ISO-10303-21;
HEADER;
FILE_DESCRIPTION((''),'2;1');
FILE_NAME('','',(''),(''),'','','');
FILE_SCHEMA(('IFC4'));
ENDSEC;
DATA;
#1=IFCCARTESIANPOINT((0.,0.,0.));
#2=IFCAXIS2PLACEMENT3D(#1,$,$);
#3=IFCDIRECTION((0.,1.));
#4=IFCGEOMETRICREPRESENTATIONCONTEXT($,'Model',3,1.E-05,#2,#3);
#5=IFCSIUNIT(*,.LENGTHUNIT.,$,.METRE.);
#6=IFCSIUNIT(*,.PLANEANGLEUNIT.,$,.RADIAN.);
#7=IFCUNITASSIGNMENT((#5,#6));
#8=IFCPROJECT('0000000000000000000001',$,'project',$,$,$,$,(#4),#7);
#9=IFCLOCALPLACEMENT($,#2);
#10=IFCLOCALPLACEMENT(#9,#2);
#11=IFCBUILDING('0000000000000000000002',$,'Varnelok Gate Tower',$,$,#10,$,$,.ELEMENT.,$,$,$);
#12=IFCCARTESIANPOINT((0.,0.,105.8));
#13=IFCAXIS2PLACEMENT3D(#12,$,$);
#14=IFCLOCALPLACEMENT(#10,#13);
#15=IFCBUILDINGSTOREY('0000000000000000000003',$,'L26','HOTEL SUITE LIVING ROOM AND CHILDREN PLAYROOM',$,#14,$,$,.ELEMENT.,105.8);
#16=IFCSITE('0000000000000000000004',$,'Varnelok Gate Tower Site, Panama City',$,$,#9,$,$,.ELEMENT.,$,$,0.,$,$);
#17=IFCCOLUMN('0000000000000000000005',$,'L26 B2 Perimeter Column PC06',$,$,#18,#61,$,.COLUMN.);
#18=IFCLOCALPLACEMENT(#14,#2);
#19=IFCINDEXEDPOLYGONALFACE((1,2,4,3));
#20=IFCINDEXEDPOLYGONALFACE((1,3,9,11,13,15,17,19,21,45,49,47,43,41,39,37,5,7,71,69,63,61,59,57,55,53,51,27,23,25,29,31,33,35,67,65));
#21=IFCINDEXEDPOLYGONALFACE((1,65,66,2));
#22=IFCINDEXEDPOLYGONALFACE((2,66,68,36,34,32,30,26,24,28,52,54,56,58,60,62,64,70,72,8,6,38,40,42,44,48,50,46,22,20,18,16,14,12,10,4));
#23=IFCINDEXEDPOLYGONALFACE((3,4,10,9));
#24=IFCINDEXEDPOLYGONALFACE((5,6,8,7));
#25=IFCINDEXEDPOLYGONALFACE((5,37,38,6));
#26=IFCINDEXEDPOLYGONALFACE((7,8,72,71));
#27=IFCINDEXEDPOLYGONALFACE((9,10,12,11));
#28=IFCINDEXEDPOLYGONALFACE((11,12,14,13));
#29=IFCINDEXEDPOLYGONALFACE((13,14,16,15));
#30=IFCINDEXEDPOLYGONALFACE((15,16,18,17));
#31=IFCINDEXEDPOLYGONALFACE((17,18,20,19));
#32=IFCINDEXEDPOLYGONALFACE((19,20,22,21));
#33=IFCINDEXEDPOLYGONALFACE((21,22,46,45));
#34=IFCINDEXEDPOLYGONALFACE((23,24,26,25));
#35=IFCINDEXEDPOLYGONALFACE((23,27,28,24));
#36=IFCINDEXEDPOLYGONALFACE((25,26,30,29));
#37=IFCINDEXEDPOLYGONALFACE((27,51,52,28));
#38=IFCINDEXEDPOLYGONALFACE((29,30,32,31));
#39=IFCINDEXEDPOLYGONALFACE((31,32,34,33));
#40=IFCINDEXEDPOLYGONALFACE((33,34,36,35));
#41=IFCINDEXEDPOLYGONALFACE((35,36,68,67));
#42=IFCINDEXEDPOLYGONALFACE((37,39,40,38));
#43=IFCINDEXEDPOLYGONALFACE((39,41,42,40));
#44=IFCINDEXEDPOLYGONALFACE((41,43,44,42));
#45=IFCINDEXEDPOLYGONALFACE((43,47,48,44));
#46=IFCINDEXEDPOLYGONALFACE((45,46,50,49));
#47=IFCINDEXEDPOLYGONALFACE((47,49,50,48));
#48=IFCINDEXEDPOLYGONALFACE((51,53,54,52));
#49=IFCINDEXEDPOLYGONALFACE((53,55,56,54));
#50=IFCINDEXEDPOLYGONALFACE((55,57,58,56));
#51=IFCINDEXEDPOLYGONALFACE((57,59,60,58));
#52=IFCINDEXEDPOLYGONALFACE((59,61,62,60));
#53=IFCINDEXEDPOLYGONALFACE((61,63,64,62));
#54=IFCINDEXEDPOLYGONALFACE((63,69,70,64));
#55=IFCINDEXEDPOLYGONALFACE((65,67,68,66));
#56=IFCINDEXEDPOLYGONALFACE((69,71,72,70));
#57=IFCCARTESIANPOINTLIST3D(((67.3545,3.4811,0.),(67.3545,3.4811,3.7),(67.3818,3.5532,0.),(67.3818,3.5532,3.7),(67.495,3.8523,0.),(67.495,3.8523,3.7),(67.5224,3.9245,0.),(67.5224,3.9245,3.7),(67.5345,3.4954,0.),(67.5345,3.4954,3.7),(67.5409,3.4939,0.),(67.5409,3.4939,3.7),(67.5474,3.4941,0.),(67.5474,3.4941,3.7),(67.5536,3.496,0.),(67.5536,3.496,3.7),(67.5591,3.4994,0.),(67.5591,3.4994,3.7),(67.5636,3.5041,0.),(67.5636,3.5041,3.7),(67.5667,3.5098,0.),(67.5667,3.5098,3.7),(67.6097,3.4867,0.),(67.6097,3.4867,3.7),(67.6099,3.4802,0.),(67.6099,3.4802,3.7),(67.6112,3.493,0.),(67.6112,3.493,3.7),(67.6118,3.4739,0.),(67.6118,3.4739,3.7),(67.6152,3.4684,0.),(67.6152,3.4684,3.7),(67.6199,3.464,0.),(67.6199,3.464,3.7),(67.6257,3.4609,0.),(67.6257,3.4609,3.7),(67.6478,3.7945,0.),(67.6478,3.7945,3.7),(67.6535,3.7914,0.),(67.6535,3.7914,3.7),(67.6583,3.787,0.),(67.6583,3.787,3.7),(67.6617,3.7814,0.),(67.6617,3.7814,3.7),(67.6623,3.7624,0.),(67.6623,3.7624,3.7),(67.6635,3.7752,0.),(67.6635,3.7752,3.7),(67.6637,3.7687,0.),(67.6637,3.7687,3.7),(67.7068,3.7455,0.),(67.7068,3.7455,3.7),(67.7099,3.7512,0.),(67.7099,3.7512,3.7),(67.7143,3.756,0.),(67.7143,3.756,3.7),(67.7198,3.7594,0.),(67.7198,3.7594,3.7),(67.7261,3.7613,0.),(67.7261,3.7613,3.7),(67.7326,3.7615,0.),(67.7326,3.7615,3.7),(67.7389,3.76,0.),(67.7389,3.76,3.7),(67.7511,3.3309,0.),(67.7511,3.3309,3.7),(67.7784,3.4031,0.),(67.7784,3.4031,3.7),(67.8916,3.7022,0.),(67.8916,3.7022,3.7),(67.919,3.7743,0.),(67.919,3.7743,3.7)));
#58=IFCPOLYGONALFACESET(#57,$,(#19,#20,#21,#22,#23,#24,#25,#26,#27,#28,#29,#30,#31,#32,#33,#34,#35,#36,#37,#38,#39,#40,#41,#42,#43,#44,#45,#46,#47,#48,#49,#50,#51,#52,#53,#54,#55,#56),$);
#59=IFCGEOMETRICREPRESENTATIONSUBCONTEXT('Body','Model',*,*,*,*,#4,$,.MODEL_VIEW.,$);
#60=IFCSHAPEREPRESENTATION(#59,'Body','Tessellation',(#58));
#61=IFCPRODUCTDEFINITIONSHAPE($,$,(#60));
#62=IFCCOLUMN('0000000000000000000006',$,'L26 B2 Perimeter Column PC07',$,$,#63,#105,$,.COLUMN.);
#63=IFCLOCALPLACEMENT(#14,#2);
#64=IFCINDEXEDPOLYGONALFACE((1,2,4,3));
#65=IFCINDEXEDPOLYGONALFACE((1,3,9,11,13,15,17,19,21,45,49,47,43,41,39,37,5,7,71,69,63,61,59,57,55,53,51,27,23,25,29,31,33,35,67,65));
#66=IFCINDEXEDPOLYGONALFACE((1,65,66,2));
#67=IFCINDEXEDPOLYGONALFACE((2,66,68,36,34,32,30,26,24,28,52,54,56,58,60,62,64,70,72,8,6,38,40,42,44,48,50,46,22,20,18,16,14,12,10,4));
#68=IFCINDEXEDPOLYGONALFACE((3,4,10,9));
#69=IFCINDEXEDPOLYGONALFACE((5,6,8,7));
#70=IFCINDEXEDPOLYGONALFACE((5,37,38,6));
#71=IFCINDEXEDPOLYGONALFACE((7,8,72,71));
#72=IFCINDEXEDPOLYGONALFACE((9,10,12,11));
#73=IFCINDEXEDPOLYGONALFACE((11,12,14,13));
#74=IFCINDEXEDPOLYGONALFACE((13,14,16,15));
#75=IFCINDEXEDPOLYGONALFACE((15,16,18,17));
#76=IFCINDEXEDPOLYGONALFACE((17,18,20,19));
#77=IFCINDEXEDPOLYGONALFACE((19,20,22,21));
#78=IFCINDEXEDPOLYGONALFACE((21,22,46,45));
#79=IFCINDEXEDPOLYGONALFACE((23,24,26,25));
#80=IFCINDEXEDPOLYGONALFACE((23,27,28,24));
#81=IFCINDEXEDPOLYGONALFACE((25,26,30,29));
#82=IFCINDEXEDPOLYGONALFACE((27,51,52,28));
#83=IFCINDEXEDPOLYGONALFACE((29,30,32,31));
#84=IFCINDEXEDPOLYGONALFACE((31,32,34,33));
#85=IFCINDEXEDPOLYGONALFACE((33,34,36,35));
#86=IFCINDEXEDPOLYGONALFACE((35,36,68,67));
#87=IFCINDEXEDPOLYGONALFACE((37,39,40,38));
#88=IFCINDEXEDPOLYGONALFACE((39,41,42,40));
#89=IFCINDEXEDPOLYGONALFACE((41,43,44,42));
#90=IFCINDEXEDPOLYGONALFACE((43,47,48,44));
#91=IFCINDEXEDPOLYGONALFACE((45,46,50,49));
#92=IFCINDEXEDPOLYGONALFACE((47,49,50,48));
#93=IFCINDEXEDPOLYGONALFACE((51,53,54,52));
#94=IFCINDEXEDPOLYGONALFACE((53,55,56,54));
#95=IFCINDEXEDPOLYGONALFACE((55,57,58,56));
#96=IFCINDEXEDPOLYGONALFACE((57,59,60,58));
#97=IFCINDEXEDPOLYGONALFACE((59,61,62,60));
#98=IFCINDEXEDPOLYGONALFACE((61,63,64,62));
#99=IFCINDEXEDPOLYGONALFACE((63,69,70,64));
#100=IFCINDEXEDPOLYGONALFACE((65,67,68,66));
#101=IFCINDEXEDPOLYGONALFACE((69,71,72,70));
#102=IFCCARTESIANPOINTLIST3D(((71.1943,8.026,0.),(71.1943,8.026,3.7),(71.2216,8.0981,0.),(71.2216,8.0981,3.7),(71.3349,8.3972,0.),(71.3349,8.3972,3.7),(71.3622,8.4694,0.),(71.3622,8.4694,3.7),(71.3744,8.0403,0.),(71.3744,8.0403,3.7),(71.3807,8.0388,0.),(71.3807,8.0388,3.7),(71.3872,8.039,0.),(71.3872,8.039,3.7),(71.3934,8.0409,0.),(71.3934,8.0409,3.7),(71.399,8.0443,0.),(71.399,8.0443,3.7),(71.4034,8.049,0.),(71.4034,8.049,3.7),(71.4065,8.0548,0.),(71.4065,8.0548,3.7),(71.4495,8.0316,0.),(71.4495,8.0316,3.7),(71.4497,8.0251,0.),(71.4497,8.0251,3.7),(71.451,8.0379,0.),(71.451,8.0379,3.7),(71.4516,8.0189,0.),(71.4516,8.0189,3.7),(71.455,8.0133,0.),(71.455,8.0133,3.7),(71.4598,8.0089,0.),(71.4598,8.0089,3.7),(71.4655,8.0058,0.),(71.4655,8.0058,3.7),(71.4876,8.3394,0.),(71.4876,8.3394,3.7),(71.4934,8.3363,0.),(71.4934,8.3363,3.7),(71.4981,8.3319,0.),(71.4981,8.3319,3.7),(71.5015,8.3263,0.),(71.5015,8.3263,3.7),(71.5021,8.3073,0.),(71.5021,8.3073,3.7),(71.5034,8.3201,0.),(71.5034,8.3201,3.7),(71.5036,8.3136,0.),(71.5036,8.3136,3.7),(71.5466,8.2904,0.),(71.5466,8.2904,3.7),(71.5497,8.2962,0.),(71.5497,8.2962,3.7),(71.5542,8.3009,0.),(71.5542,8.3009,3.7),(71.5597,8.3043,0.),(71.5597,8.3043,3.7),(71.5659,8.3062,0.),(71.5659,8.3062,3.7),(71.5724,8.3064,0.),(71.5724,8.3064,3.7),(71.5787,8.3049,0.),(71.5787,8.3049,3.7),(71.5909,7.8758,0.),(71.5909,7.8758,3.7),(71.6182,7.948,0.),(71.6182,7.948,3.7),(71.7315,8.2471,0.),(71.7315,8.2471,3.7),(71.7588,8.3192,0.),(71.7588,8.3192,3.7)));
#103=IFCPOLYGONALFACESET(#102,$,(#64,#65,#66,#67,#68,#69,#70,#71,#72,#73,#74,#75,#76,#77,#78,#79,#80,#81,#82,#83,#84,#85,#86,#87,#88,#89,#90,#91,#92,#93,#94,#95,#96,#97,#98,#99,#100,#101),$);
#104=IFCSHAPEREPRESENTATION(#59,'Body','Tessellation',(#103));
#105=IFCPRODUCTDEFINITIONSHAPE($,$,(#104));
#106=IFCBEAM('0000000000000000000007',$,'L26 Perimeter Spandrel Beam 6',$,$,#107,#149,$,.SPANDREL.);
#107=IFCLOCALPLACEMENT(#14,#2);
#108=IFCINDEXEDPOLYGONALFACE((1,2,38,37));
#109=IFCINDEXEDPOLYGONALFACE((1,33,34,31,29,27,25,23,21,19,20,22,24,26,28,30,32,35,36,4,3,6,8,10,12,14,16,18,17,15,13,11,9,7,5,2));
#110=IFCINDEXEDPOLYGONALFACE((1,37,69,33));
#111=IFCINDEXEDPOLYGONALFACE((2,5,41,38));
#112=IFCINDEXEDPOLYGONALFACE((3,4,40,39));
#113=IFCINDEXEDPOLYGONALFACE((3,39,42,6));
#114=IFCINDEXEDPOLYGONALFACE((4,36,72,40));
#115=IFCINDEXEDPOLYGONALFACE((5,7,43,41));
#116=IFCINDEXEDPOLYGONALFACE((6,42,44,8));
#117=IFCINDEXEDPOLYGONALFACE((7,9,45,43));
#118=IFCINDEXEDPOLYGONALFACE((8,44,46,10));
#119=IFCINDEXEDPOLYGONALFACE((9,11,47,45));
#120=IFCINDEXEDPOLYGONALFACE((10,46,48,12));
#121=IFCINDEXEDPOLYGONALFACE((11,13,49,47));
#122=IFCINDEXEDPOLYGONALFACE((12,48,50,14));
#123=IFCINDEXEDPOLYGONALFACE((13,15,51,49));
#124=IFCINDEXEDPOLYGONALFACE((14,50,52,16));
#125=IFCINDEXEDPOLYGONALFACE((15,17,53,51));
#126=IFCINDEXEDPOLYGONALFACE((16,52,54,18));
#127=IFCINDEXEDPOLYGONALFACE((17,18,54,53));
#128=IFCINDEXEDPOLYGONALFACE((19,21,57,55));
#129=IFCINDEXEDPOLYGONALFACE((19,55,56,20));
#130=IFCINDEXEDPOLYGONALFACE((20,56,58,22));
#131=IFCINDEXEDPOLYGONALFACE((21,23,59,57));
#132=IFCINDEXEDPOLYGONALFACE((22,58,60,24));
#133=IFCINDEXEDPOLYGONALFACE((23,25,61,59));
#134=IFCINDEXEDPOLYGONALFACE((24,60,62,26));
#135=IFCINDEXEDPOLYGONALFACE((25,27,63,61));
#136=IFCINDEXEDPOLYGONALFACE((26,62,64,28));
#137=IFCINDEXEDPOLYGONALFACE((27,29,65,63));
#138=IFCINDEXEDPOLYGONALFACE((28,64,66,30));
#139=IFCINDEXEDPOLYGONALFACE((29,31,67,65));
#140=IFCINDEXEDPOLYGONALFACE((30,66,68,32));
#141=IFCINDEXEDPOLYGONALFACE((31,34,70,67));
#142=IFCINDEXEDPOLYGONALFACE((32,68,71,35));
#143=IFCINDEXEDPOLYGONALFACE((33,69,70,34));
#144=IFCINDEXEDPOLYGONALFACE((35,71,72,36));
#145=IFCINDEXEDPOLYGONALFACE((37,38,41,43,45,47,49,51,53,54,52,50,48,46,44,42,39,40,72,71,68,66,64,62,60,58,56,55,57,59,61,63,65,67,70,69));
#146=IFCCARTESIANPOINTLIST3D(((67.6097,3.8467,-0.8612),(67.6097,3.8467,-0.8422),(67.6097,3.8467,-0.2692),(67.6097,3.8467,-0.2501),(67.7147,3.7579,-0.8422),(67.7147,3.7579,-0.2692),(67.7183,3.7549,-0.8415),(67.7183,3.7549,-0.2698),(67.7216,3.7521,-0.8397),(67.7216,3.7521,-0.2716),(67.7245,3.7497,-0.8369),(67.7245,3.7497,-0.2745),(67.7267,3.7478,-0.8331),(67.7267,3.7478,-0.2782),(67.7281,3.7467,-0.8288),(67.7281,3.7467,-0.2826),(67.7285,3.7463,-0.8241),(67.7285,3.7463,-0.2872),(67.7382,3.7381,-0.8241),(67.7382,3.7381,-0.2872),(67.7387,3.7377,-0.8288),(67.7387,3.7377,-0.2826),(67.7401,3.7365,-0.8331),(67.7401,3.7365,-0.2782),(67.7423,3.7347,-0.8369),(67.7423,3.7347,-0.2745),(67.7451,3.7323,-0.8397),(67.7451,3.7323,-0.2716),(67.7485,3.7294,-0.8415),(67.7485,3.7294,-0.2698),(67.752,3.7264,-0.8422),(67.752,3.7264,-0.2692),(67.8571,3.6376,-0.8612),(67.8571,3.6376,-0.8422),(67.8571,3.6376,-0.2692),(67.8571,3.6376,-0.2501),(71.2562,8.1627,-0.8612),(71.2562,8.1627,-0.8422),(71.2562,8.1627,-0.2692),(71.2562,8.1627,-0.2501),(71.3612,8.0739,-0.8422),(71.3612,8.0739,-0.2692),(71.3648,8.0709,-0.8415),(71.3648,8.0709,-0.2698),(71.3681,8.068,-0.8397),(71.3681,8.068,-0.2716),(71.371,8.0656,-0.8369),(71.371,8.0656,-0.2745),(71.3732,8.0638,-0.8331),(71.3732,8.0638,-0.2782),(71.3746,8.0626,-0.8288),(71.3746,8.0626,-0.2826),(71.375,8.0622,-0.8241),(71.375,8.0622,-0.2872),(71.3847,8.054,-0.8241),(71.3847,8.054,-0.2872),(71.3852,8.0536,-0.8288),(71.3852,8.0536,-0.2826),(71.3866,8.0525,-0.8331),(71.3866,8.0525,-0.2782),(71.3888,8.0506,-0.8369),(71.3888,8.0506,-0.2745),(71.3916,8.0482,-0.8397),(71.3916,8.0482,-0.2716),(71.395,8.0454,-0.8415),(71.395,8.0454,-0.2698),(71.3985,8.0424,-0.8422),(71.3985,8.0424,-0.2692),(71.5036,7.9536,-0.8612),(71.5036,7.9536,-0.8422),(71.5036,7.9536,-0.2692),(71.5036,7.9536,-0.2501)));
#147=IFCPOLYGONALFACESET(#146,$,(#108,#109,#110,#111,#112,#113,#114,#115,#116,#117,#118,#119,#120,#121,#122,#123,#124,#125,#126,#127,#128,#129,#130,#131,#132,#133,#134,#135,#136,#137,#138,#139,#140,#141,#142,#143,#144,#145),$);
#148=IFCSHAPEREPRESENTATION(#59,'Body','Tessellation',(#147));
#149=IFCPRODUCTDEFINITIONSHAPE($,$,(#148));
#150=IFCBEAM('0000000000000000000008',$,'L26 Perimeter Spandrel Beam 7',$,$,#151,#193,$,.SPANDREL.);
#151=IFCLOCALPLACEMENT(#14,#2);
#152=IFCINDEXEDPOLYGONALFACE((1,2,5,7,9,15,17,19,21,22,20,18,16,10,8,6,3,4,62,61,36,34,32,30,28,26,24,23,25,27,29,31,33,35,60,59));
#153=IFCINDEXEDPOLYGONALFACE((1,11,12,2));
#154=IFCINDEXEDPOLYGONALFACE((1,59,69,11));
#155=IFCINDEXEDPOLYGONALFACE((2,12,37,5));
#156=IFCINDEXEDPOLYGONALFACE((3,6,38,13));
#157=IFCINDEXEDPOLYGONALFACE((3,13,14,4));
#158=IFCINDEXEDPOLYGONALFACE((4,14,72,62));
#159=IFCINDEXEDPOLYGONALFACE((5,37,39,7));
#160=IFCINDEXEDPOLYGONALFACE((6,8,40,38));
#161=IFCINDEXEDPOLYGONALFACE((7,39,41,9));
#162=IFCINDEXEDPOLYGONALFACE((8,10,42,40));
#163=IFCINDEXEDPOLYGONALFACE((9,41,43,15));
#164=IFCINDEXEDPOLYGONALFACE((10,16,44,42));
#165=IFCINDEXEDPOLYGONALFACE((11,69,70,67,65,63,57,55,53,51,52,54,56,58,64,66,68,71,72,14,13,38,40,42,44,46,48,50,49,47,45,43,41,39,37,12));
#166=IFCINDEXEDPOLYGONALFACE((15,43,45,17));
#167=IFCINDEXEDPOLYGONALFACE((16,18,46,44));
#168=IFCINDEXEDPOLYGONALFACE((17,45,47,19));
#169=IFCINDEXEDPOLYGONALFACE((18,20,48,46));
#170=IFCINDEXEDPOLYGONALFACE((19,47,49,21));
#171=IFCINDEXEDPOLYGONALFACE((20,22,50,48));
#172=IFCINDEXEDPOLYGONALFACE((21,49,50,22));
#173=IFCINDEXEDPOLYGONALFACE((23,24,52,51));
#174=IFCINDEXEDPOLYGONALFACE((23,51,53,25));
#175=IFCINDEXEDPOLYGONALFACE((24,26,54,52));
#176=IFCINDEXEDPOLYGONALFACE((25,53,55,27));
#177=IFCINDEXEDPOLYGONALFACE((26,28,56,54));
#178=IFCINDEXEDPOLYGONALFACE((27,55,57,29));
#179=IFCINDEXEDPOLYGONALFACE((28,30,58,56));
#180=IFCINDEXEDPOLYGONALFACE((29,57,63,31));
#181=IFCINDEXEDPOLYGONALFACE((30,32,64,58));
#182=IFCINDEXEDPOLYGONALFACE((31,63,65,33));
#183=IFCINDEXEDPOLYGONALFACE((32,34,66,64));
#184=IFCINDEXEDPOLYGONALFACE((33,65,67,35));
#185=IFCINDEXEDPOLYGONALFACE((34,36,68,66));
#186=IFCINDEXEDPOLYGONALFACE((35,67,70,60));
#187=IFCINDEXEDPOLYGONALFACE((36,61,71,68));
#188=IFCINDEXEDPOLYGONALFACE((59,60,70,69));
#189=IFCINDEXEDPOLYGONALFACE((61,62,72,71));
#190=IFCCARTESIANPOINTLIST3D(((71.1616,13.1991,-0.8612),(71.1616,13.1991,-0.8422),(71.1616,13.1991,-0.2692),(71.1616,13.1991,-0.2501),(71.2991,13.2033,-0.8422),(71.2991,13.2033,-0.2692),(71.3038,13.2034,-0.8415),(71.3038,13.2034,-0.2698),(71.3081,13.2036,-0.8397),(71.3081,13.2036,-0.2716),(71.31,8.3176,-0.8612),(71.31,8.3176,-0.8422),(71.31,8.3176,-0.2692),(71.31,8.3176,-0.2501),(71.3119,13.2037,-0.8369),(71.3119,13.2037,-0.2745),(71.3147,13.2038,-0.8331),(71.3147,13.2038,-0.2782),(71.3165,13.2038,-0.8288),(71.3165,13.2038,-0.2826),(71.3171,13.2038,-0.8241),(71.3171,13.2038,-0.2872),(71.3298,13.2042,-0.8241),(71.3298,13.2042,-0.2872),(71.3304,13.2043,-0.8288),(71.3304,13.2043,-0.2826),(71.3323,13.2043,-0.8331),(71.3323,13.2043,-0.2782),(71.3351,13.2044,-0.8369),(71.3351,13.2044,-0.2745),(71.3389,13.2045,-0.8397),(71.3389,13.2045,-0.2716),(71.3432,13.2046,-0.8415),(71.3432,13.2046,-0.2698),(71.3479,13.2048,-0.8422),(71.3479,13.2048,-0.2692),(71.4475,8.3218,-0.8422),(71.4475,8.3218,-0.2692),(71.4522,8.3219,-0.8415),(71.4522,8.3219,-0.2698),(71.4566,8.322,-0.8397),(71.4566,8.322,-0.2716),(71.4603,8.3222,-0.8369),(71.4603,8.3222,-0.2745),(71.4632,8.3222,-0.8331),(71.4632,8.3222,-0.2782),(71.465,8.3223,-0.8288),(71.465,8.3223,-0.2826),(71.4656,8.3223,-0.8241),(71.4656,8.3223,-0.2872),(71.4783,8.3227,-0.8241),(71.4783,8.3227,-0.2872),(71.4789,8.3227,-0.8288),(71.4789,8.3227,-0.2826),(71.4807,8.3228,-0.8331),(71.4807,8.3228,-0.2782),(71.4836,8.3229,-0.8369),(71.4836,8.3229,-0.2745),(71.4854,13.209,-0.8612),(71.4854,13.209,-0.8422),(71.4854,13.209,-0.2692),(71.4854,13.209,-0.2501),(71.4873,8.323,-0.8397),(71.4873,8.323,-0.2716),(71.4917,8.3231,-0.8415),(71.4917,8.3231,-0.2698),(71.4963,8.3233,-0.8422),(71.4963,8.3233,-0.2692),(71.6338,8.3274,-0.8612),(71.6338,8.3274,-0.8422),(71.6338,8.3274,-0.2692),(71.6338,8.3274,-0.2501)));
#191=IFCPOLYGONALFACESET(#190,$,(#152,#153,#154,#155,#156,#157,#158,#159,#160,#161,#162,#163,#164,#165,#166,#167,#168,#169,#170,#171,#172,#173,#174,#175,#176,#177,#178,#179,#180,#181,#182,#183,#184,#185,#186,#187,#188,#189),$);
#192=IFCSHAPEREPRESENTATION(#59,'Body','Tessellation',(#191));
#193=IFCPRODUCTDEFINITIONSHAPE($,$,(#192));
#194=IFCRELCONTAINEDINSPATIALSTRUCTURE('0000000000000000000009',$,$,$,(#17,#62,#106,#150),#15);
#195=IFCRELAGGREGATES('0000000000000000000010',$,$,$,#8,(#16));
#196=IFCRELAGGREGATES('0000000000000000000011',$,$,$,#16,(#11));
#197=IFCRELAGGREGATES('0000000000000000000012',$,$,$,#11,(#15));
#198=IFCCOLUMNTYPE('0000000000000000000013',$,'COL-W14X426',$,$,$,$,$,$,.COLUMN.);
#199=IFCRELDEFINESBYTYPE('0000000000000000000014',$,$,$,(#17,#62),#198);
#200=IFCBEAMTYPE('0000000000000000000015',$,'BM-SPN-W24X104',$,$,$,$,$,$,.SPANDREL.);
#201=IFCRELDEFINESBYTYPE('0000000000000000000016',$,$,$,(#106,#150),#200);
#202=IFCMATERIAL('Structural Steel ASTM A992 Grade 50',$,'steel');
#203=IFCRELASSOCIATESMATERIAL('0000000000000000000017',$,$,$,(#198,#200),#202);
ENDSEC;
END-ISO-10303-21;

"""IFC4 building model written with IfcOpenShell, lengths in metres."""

from ifc_helpers import new_model, si_unit, direction, frame, origin, origin_2d, place, context, subcontext, project, spatial, i_section, extrude, material, material_profile, profile_set, type_object, element, save


model = new_model("IFC4")

# Units and contexts
model_context = context("Model", 3, precision=1e-05, world=origin(), true_north=direction((0.0, 1.0)))
body_context = subcontext(model_context, "Body", "Model", "MODEL_VIEW")
ifc_project = project(units=[si_unit("LENGTHUNIT", "METRE"), si_unit("PLANEANGLEUNIT", "RADIAN")], contexts=[model_context])

# Site, building, storey
site_placement = place(None, origin())
site = spatial("IfcSite", under=ifc_project, at=site_placement, Name="Varnelok Gate Tower Site, Panama City", CompositionType="ELEMENT", RefElevation=0.0)
building_placement = place(site_placement, origin())
building = spatial("IfcBuilding", under=site, at=building_placement, Name="Varnelok Gate Tower", CompositionType="ELEMENT")
storey_placement = place(building_placement, frame((0.0, 0.0, 105.8)))
storey = spatial("IfcBuildingStorey", under=building, at=storey_placement, Name="L26", Description="HOTEL SUITE LIVING ROOM AND CHILDREN PLAYROOM", CompositionType="ELEMENT", Elevation=105.8)

# Columns
ifc_material_1 = material(Name="Structural Steel ASTM A992 Grade 50", Category="steel")
ifc_material_profile_1 = material_profile(ifc_material_1, i_section(OverallWidth=0.4241, OverallDepth=0.4741, WebThickness=0.0476, FlangeThickness=0.0771, FilletRadius=0.0249, at=origin_2d()), Name="W14X426")
ifc_profile_set_1 = profile_set([ifc_material_profile_1], Name="Structural Steel ASTM A992 Grade 50")
column_type = type_object("IfcColumnType", Name="COL-W14X426", PredefinedType="COLUMN", material=ifc_profile_set_1)
for number, where, z_axis, x_axis, name in (
    (1, (67.6367, 3.6277, 0.0), (0.0, 0.0, 1.0), (0.935222, -0.354063, 0.0), "L26 B2 Perimeter Column PC06"),
    (2, (71.4766, 8.1726, 0.0), (0.0, 0.0, 1.0), (0.935222, -0.354063, 0.0), "L26 B2 Perimeter Column PC07"),
):
    element("IfcColumn", number, at=place(storey_placement, frame(where, z_axis=z_axis, x_axis=x_axis)), inside=storey, type_object=column_type, Name=name, PredefinedType="COLUMN", context=body_context, shape_type="SweptSolid", body=[
        extrude(i_section(OverallWidth=0.4241, OverallDepth=0.4741, WebThickness=0.0476, FlangeThickness=0.0771, FilletRadius=0.0249, at=origin_2d()), origin(), (0.0, 0.0, 1.0), 3.7),
    ])

# Beams
ifc_material_profile_2 = material_profile(ifc_material_1, i_section(OverallWidth=0.324, OverallDepth=0.6111, WebThickness=0.0127, FlangeThickness=0.019, FilletRadius=0.0181, at=origin_2d()), Name="W24X104")
ifc_profile_set_2 = profile_set([ifc_material_profile_2], Name="Structural Steel ASTM A992 Grade 50")
beam_type = type_object("IfcBeamType", Name="BM-SPN-W24X104", PredefinedType="SPANDREL", material=ifc_profile_set_2)
beam_1_placement = place(storey_placement, frame((67.7334, 3.7422, -0.5557), z_axis=(0.64538, 0.763861, 0.0), x_axis=(-0.763861, 0.64538, 0.0)))
element("IfcBeam", 3, at=beam_1_placement, inside=storey, type_object=beam_type, Name="L26 Perimeter Spandrel Beam 6", PredefinedType="SPANDREL", context=body_context, shape_type="SweptSolid", body=[
    extrude(i_section(OverallWidth=0.324, OverallDepth=0.6111, WebThickness=0.0127, FlangeThickness=0.019, FilletRadius=0.0181, at=origin_2d()), origin(), (0.0, 0.0, 1.0), 5.6501),
])
beam_2_placement = place(storey_placement, frame((71.4719, 8.3225, -0.5557), z_axis=(-0.030394, 0.999538, 0.0), x_axis=(-0.999538, -0.030394, 0.0)))
element("IfcBeam", 4, at=beam_2_placement, inside=storey, type_object=beam_type, Name="L26 Perimeter Spandrel Beam 7", PredefinedType="SPANDREL", context=body_context, shape_type="SweptSolid", body=[
    extrude(i_section(OverallWidth=0.324, OverallDepth=0.6111, WebThickness=0.0127, FlangeThickness=0.019, FilletRadius=0.0181, at=origin_2d()), origin(), (0.0, 0.0, 1.0), 4.8838),
])

save(model, "model.ifc")
